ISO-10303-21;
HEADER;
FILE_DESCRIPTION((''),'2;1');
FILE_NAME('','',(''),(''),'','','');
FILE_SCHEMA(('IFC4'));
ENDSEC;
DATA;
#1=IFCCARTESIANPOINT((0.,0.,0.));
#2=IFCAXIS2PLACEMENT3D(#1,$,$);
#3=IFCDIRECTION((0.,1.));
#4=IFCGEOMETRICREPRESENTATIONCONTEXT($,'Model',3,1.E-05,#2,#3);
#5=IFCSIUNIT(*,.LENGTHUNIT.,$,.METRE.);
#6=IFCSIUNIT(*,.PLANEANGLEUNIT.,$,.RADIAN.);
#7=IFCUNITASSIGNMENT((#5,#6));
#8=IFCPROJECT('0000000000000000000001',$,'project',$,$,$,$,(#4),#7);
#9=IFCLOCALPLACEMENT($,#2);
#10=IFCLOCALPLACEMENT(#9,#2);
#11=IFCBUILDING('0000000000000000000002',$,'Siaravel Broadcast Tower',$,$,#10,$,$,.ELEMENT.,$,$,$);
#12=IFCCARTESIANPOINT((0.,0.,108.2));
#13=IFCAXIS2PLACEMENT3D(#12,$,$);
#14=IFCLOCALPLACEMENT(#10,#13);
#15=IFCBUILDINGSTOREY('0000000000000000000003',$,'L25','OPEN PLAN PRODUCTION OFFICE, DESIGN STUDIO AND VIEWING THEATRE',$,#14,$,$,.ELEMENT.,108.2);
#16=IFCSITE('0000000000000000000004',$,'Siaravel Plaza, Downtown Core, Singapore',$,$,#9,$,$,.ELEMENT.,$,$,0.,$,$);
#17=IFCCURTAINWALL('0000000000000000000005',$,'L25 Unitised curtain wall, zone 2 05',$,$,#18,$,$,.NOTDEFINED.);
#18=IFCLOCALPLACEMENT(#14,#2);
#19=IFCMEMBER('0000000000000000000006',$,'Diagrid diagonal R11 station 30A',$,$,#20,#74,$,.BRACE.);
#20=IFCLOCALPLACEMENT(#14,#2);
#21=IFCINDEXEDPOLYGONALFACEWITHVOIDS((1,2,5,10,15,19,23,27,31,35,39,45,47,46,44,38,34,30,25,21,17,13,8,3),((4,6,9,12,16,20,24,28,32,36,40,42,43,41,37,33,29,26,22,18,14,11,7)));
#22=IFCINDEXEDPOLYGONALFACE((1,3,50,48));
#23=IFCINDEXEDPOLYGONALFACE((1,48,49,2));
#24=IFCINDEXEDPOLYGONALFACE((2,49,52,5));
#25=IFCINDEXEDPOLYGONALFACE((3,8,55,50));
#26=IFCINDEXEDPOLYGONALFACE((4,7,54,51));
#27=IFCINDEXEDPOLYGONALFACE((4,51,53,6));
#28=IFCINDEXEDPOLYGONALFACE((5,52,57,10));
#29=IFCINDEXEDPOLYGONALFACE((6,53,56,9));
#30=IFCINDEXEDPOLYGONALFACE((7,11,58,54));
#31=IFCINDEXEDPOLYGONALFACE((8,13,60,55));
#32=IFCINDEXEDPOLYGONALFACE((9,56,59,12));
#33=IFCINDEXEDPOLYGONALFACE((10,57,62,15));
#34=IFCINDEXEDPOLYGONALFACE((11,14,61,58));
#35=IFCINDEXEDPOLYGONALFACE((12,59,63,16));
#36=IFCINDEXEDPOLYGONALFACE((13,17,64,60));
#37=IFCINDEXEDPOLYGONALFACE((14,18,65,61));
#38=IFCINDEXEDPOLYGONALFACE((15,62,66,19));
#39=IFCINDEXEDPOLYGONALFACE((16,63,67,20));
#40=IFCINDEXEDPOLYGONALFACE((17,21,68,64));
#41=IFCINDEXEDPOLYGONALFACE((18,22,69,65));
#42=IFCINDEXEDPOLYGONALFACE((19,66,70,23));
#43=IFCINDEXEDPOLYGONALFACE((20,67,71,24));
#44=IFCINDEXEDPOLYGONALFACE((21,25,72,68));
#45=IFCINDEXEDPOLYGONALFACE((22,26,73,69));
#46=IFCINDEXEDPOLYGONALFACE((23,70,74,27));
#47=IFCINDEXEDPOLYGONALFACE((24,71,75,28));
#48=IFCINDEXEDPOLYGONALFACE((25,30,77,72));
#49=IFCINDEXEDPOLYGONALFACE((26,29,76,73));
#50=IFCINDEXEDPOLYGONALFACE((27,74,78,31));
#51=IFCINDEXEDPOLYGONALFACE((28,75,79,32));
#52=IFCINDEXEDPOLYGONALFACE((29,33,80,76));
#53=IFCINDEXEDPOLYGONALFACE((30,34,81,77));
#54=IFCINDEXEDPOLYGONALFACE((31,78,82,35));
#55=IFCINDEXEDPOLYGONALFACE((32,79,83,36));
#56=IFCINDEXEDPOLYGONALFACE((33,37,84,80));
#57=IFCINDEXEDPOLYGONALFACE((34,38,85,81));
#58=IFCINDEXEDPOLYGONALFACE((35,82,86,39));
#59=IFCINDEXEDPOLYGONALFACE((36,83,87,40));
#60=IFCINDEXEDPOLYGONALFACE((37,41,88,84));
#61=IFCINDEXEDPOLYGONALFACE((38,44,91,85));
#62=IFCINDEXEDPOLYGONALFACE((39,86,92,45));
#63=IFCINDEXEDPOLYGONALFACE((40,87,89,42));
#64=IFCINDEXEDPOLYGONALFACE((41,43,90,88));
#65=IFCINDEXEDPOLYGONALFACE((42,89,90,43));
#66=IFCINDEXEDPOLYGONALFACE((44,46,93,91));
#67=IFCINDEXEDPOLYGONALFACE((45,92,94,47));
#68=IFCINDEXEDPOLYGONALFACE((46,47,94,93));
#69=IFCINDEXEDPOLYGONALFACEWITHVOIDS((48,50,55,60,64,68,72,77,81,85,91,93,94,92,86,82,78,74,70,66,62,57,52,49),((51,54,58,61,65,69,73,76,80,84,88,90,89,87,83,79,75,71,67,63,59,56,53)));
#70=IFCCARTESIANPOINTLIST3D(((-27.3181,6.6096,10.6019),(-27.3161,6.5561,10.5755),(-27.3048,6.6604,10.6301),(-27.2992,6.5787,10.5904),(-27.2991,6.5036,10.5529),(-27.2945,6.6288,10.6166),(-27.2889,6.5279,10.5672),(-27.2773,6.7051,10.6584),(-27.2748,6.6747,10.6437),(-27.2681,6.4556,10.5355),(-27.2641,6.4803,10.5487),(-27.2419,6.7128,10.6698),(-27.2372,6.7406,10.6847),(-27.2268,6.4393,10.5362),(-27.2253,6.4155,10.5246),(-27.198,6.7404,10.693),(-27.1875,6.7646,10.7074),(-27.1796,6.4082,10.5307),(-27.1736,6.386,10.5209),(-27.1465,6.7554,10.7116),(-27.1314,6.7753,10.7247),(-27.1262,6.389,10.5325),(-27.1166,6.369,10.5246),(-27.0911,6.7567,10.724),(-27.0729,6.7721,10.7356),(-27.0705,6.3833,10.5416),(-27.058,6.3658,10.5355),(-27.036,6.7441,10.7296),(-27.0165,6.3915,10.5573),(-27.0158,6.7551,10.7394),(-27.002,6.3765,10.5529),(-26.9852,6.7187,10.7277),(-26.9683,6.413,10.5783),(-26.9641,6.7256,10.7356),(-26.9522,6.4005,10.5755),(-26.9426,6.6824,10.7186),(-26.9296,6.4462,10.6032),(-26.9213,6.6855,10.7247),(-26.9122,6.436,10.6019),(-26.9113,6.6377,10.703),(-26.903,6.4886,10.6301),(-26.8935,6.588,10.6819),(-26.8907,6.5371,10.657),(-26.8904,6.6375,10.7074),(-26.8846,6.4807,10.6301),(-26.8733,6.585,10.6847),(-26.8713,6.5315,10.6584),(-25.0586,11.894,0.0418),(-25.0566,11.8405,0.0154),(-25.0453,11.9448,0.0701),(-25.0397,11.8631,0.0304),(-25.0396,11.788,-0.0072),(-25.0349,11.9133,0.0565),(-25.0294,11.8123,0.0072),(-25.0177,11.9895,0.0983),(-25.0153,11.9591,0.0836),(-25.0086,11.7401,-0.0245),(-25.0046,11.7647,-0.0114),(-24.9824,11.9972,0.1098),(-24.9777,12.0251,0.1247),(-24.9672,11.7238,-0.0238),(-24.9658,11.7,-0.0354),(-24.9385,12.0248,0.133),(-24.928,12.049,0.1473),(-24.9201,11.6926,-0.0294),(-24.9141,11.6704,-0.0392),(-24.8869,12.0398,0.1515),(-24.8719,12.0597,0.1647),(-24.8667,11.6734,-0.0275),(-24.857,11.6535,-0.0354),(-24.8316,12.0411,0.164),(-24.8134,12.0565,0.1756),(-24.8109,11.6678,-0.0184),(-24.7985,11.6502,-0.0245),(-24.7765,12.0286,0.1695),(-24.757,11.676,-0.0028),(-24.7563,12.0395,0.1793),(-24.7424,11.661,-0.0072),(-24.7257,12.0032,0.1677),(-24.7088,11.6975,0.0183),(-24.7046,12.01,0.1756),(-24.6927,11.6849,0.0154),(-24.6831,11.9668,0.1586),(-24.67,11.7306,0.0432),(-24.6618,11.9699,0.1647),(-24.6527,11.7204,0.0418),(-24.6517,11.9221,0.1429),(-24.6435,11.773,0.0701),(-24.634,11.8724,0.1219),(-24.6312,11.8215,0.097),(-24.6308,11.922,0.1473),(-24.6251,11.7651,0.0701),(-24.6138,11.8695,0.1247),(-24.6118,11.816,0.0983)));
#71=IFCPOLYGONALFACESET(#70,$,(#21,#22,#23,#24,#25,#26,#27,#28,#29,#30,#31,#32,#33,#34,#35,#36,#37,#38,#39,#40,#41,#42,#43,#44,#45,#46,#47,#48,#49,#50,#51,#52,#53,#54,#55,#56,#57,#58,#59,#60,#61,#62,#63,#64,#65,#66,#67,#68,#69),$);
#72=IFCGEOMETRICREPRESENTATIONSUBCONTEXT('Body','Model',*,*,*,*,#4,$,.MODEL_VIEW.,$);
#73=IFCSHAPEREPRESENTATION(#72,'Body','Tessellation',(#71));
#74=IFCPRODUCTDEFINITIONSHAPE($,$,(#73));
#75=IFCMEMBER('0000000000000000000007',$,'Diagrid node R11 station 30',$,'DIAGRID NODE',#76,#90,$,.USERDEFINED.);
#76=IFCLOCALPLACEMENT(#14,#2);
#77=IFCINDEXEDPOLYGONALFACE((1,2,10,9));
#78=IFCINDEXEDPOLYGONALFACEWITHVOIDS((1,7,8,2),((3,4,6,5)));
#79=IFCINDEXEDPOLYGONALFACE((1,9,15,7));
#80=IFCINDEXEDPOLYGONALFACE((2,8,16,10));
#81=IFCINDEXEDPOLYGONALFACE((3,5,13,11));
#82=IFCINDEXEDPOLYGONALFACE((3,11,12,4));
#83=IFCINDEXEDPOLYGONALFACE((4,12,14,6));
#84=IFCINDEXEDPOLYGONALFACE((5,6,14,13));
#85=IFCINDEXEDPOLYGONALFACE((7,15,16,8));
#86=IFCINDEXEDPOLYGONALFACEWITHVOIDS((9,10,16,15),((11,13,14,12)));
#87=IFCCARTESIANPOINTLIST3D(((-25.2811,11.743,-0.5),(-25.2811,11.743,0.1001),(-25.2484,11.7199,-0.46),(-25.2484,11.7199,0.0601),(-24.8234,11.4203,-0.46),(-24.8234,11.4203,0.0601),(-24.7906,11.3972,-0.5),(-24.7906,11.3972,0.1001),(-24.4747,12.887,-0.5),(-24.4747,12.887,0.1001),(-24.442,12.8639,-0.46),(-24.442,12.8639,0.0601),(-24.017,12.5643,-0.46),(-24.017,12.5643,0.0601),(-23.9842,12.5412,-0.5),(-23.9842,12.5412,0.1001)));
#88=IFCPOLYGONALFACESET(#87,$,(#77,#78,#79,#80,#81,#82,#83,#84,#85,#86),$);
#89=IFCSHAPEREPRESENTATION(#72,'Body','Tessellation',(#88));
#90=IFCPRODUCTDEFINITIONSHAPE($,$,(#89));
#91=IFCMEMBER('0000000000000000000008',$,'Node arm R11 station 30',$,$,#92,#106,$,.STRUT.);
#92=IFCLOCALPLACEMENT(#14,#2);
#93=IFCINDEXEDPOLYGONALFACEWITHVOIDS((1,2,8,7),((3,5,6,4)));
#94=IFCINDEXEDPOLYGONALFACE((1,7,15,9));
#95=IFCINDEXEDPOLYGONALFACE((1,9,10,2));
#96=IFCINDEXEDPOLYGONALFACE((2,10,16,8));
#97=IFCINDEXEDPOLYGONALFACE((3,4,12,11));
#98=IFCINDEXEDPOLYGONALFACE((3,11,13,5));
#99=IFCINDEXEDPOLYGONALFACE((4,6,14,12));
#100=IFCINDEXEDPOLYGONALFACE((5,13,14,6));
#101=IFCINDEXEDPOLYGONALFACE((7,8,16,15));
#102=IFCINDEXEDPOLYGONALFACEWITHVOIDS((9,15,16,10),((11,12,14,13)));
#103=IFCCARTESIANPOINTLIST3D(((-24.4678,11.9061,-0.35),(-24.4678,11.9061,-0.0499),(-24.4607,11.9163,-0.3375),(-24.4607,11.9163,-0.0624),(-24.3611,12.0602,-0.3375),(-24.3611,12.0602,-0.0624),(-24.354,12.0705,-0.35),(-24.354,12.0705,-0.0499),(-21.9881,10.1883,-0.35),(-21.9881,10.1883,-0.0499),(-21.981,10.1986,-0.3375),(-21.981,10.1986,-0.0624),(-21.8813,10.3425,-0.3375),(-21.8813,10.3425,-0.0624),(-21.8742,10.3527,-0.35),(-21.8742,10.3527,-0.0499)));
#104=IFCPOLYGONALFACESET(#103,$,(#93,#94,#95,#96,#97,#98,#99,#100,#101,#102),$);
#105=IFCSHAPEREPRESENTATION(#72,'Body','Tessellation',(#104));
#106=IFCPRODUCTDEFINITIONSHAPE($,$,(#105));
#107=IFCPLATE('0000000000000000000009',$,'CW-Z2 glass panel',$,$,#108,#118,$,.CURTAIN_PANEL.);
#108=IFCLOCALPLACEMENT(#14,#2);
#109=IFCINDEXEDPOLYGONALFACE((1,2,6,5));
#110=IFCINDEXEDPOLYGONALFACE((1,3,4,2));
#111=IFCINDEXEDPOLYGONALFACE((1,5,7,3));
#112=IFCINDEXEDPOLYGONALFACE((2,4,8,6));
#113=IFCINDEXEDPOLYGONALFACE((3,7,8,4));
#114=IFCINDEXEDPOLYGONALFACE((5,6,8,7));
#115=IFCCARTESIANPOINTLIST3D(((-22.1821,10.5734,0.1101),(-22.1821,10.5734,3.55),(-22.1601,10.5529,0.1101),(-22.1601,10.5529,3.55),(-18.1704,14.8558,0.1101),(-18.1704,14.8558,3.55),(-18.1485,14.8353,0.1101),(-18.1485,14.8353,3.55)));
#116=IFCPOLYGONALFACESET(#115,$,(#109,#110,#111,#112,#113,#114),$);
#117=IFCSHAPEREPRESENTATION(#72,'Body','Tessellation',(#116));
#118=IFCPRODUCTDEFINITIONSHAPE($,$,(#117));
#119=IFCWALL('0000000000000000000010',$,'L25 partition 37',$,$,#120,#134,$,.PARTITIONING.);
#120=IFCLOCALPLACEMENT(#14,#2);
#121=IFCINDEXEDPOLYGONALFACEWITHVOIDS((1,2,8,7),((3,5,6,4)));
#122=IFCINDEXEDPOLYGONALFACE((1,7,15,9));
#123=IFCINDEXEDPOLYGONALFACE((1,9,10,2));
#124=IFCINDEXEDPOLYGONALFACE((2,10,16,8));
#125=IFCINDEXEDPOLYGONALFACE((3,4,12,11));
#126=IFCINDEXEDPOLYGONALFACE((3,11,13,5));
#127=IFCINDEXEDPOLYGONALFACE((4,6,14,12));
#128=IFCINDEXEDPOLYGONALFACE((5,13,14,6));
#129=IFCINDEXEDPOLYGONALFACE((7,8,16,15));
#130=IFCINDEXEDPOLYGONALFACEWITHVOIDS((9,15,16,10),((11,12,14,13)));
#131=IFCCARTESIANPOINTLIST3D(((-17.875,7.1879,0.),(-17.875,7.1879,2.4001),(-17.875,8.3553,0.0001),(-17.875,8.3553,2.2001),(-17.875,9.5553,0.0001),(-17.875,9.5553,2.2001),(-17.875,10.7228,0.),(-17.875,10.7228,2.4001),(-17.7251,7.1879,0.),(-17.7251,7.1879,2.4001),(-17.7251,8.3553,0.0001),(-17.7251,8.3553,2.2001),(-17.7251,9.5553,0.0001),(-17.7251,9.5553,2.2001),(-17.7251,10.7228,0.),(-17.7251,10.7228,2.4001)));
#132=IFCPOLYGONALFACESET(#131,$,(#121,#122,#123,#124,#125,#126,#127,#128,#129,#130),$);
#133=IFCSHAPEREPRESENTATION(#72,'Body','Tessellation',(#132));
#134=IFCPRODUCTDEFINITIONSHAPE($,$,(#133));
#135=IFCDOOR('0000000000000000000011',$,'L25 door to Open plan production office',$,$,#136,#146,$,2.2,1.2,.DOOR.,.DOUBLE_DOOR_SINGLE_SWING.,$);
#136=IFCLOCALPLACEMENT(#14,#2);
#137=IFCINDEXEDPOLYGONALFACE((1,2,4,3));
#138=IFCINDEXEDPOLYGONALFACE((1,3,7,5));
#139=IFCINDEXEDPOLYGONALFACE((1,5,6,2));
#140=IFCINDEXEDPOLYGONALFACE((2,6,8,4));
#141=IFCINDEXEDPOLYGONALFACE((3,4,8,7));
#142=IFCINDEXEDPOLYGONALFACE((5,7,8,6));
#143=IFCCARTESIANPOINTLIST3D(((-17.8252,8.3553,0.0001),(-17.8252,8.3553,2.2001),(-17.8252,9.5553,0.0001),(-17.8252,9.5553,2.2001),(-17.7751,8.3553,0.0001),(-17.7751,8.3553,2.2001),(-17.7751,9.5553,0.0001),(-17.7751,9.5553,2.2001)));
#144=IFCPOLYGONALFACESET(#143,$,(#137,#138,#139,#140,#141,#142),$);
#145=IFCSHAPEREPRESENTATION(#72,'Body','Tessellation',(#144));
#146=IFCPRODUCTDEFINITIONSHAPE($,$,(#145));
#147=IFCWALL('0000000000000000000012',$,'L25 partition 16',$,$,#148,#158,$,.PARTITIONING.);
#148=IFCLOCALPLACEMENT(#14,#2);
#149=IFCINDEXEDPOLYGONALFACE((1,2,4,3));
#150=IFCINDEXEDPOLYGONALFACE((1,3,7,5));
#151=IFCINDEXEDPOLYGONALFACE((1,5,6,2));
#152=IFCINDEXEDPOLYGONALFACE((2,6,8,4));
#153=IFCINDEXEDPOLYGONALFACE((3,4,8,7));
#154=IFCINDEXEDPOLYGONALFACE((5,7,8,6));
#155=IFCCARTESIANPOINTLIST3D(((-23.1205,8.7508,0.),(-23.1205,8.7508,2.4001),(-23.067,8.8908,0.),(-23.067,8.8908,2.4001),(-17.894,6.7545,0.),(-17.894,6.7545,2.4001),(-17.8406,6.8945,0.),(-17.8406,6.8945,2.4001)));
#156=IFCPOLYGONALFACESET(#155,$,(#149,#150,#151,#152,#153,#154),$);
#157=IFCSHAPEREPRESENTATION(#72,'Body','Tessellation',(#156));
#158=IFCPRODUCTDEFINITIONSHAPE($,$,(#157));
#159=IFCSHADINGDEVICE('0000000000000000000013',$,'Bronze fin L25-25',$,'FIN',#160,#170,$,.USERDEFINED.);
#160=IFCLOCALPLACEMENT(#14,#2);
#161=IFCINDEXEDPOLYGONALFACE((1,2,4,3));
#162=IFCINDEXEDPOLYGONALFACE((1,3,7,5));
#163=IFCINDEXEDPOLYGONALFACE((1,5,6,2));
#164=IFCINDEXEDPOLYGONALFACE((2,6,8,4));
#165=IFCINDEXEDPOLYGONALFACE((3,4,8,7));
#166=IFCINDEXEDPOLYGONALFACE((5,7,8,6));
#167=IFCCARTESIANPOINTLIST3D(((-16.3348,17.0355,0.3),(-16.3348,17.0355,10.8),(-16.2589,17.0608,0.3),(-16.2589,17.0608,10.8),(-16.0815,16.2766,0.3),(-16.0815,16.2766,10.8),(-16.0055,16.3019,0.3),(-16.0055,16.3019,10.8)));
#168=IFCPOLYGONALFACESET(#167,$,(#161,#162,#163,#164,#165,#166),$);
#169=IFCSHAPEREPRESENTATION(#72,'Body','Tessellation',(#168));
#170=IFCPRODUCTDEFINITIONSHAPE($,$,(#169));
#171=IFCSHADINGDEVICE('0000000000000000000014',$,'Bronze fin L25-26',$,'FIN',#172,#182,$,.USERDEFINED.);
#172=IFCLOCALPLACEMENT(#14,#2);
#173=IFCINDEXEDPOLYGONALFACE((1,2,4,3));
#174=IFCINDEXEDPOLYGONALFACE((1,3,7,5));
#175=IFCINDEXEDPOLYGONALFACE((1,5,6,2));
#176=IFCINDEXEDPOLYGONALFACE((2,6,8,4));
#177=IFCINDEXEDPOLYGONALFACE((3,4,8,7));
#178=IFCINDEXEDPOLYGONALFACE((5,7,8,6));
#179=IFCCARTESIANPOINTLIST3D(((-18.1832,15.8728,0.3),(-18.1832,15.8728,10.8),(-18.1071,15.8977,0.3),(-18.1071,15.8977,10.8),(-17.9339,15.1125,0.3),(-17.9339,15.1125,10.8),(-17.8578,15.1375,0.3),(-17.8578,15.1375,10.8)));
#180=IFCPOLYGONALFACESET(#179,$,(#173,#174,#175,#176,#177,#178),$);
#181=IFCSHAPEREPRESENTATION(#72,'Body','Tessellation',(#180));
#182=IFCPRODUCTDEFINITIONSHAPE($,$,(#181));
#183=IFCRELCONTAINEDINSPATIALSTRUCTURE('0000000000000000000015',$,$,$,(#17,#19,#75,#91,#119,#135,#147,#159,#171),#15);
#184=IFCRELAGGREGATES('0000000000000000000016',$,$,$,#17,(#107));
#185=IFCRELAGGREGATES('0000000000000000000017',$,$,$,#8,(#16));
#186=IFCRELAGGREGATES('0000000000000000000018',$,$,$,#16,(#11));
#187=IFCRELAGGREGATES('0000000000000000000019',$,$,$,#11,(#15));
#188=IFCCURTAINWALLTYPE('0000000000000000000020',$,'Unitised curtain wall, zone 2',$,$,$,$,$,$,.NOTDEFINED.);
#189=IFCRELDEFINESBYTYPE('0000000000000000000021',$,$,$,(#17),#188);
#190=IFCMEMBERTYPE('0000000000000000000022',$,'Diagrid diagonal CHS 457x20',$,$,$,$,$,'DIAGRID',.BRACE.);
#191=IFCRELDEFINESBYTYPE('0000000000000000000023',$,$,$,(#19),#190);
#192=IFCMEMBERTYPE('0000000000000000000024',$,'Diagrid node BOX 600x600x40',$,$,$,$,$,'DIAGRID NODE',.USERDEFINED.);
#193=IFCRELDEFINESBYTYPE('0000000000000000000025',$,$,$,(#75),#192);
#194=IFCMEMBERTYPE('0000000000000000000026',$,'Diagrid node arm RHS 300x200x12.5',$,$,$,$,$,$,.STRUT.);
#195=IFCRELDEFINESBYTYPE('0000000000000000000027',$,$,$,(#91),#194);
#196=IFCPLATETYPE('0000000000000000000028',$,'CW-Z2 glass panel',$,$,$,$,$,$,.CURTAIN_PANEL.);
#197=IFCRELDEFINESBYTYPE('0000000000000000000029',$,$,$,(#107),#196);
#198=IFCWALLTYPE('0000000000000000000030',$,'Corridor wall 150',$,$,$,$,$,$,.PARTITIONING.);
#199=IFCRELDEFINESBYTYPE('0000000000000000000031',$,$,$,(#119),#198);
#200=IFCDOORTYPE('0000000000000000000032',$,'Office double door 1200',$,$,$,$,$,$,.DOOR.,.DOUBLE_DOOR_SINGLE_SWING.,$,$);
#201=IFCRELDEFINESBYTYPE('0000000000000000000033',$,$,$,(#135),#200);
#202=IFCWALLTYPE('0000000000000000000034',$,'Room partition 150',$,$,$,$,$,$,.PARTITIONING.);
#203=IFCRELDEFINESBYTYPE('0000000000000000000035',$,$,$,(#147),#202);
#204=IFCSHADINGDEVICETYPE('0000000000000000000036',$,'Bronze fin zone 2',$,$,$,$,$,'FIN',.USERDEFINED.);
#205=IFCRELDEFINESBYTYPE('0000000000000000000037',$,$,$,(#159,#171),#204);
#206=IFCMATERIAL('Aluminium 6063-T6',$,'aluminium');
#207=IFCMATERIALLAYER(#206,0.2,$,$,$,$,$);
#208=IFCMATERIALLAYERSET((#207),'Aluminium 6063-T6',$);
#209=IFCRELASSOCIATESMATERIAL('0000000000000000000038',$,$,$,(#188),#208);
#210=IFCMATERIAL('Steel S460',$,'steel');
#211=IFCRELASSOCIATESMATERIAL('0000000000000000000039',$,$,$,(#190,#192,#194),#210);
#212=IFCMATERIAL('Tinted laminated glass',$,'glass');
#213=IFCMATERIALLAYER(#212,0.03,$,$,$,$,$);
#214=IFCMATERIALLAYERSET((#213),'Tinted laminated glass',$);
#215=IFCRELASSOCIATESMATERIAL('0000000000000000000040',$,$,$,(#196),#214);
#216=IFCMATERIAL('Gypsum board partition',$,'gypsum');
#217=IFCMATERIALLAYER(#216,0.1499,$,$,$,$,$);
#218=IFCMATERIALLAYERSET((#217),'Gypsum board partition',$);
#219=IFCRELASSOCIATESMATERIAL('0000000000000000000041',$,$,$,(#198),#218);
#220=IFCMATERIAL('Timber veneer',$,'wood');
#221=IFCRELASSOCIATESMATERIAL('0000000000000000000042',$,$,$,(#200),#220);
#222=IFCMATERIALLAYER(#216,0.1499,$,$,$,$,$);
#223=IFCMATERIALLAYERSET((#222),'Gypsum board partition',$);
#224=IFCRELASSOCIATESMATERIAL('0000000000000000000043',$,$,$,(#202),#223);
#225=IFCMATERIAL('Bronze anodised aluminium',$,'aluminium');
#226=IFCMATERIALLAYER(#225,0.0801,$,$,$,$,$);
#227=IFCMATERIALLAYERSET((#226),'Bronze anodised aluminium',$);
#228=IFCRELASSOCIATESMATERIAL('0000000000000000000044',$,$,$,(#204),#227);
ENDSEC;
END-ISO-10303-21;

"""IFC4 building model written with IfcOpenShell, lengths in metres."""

from ifc_helpers import new_model, si_unit, direction, frame, frame_2d, origin, origin_2d, place, context, subcontext, project, spatial, rectangle, hollow_rectangle, hollow_circle, extrude, material, layer, layer_set, material_profile, profile_set, type_object, element, fill, aggregate, save


model = new_model("IFC4")

# Units and contexts
model_context = context("Model", 3, precision=1e-05, world=origin(), true_north=direction((0.0, 1.0)))
body_context = subcontext(model_context, "Body", "Model", "MODEL_VIEW")
ifc_project = project(units=[si_unit("LENGTHUNIT", "METRE"), si_unit("PLANEANGLEUNIT", "RADIAN")], contexts=[model_context])

# Site, building, storey
site_placement = place(None, origin())
site = spatial("IfcSite", under=ifc_project, at=site_placement, Name="Siaravel Plaza, Downtown Core, Singapore", CompositionType="ELEMENT", RefElevation=0.0)
building_placement = place(site_placement, origin())
building = spatial("IfcBuilding", under=site, at=building_placement, Name="Siaravel Broadcast Tower", CompositionType="ELEMENT")
storey_placement = place(building_placement, frame((0.0, 0.0, 108.2)))
storey = spatial("IfcBuildingStorey", under=building, at=storey_placement, Name="L25", Description="OPEN PLAN PRODUCTION OFFICE, DESIGN STUDIO AND VIEWING THEATRE", CompositionType="ELEMENT", Elevation=108.2)

# Curtain wall
ifc_material_1 = material(Name="Aluminium 6063-T6", Category="aluminium")
ifc_layer_1 = layer(ifc_material_1, 0.2)
ifc_layer_set_1 = layer_set([ifc_layer_1], Name="Aluminium 6063-T6")
curtain_wall_type = type_object("IfcCurtainWallType", Name="Unitised curtain wall, zone 2", PredefinedType="NOTDEFINED", material=ifc_layer_set_1)
curtain_wall_1_placement = place(storey_placement, origin())
curtain_wall_1 = element("IfcCurtainWall", 1, at=curtain_wall_1_placement, inside=storey, type_object=curtain_wall_type, Name="L25 Unitised curtain wall, zone 2 05", PredefinedType="NOTDEFINED")

# Members
ifc_material_2 = material(Name="Steel S460", Category="steel")
ifc_material_profile_1 = material_profile(ifc_material_2, hollow_circle(Radius=0.2285, WallThickness=0.02, at=origin_2d()))
ifc_profile_set_1 = profile_set([ifc_material_profile_1], Name="Steel S460")
member_type_1 = type_object("IfcMemberType", Name="Diagrid diagonal CHS 457x20", ElementType="DIAGRID", PredefinedType="BRACE", material=ifc_profile_set_1)
member_1_placement = place(storey_placement, frame((-24.8352, 11.855, 0.0701), z_axis=(-0.187938, -0.439537, 0.878343), x_axis=(0.919474, -0.39315, 0.0)))
element("IfcMember", 2, at=member_1_placement, inside=storey, type_object=member_type_1, Name="Diagrid diagonal R11 station 30A", PredefinedType="BRACE", context=body_context, shape_type="SweptSolid", body=[
    extrude(hollow_circle(Radius=0.2285, WallThickness=0.02, at=origin_2d()), origin(), (0.0, 0.0, 1.0), 12.0227),
])
ifc_material_profile_2 = material_profile(ifc_material_2, hollow_rectangle(XDim=0.6001, YDim=0.6001, WallThickness=0.04, at=origin_2d()))
ifc_profile_set_2 = profile_set([ifc_material_profile_2], Name="Steel S460")
member_type_2 = type_object("IfcMemberType", Name="Diagrid node BOX 600x600x40", ElementType="DIAGRID NODE", PredefinedType="USERDEFINED", material=ifc_profile_set_2)
member_2_placement = place(storey_placement, frame((-24.2295, 12.7141, -0.2), z_axis=(-0.576128, -0.817359, 0.0), x_axis=(0.817359, -0.576128, 0.0)))
element("IfcMember", 3, at=member_2_placement, inside=storey, type_object=member_type_2, Name="Diagrid node R11 station 30", ObjectType="DIAGRID NODE", PredefinedType="USERDEFINED", context=body_context, shape_type="SweptSolid", body=[
    extrude(hollow_rectangle(XDim=0.6001, YDim=0.6001, WallThickness=0.04, at=origin_2d()), origin(), (0.0, 0.0, 1.0), 1.3997),
])
ifc_material_profile_3 = material_profile(ifc_material_2, hollow_rectangle(XDim=0.2, YDim=0.3, WallThickness=0.0125, at=origin_2d()))
ifc_profile_set_3 = profile_set([ifc_material_profile_3], Name="Steel S460")
member_type_3 = type_object("IfcMemberType", Name="Diagrid node arm RHS 300x200x12.5", PredefinedType="STRUT", material=ifc_profile_set_3)
member_3_placement = place(storey_placement, frame((-21.9312, 10.2705, -0.2), z_axis=(-0.822032, 0.569441, 0.0), x_axis=(-0.569441, -0.822032, 0.0)))
element("IfcMember", 4, at=member_3_placement, inside=storey, type_object=member_type_3, Name="Node arm R11 station 30", PredefinedType="STRUT", context=body_context, shape_type="SweptSolid", body=[
    extrude(hollow_rectangle(XDim=0.2, YDim=0.3, WallThickness=0.0125, at=origin_2d()), origin(), (0.0, 0.0, 1.0), 3.0166),
])

# Plate
ifc_material_3 = material(Name="Tinted laminated glass", Category="glass")
ifc_layer_2 = layer(ifc_material_3, 0.03)
ifc_layer_set_2 = layer_set([ifc_layer_2], Name="Tinted laminated glass")
plate_type = type_object("IfcPlateType", Name="CW-Z2 glass panel", PredefinedType="CURTAIN_PANEL", material=ifc_layer_set_2)
plate_placement = place(storey_placement, frame((-20.1653, 12.7043, 0.1101), z_axis=(0.0, 0.0, 1.0), x_axis=(-0.683655, -0.729805, 0.0)))
plate = element("IfcPlate", 5, at=plate_placement, type_object=plate_type, Name="CW-Z2 glass panel", PredefinedType="CURTAIN_PANEL", context=body_context, shape_type="SweptSolid", body=[
    extrude(rectangle(XDim=5.8679, YDim=0.03, at=origin_2d()), origin(), (0.0, 0.0, 1.0), 3.4399),
])
aggregate(curtain_wall_1, [plate])

# Wall, opening, door
ifc_material_4 = material(Name="Gypsum board partition", Category="gypsum")
ifc_layer_3 = layer(ifc_material_4, 0.1499)
ifc_layer_set_3 = layer_set([ifc_layer_3], Name="Gypsum board partition")
wall_type_1 = type_object("IfcWallType", Name="Corridor wall 150", PredefinedType="PARTITIONING", material=ifc_layer_set_3)
wall_1_placement = place(storey_placement, frame((-17.8, 10.7229, 0.0), z_axis=(0.0, 0.0, 1.0), x_axis=(0.0, -1.0, 0.0)))
wall_1 = element("IfcWall", 6, at=wall_1_placement, inside=storey, type_object=wall_type_1, Name="L25 partition 37", PredefinedType="PARTITIONING", context=body_context, shape_type="SweptSolid", body=[
    extrude(rectangle(XDim=3.5349, YDim=0.1499, at=frame_2d((1.7676, 0.0))), origin(), (0.0, 0.0, 1.0), 2.4001),
])
opening_placement = place(wall_1_placement, frame((1.1675, 0.0, 0.0)))
opening = element("IfcOpeningElement", 7, at=opening_placement, cuts=wall_1, PredefinedType="OPENING", context=body_context, shape_type="SweptSolid", body=[
    extrude(rectangle(XDim=1.2, YDim=2.2, at=frame_2d((0.6001, 1.1001))), frame((0.0, 0.085, 0.0), z_axis=(0.0, -1.0, 0.0), x_axis=(1.0, 0.0, 0.0)), (0.0, 0.0, 1.0), 0.1699),
])
ifc_material_5 = material(Name="Timber veneer", Category="wood")
door_type = type_object("IfcDoorType", Name="Office double door 1200", OperationType="DOUBLE_DOOR_SINGLE_SWING", PredefinedType="DOOR", material=ifc_material_5)
door_placement = place(opening_placement, origin())
door = element("IfcDoor", 8, at=door_placement, inside=storey, type_object=door_type, Name="L25 door to Open plan production office", OperationType="DOUBLE_DOOR_SINGLE_SWING", OverallHeight=2.2, OverallWidth=1.2, PredefinedType="DOOR", context=body_context, shape_type="SweptSolid", body=[
    extrude(rectangle(XDim=1.2, YDim=2.2, at=frame_2d((0.6001, 1.1001))), frame((0.0, 0.0249, 0.0), z_axis=(0.0, -1.0, 0.0), x_axis=(1.0, 0.0, 0.0)), (0.0, 0.0, 1.0), 0.05),
])
fill(opening, door)

# Wall
ifc_layer_4 = layer(ifc_material_4, 0.1499)
ifc_layer_set_4 = layer_set([ifc_layer_4], Name="Gypsum board partition")
wall_type_2 = type_object("IfcWallType", Name="Room partition 150", PredefinedType="PARTITIONING", material=ifc_layer_set_4)
wall_2_placement = place(storey_placement, frame((-23.0938, 8.8208, 0.0), z_axis=(0.0, 0.0, 1.0), x_axis=(0.934174, -0.356817, 0.0)))
element("IfcWall", 9, at=wall_2_placement, inside=storey, type_object=wall_type_2, Name="L25 partition 16", PredefinedType="PARTITIONING", context=body_context, shape_type="SweptSolid", body=[
    extrude(rectangle(XDim=5.5947, YDim=0.1499, at=frame_2d((2.7974, 0.0))), origin(), (0.0, 0.0, 1.0), 2.4001),
])

# Shading devices
ifc_material_6 = material(Name="Bronze anodised aluminium", Category="aluminium")
ifc_layer_5 = layer(ifc_material_6, 0.0801)
ifc_layer_set_5 = layer_set([ifc_layer_5], Name="Bronze anodised aluminium")
shading_device_type = type_object("IfcShadingDeviceType", Name="Bronze fin zone 2", ElementType="FIN", PredefinedType="USERDEFINED", material=ifc_layer_set_5)
for number, where, z_axis, x_axis, name in (
    (10, (-16.1702, 16.6687, 0.3), (0.0, 0.0, 1.0), (-0.316687, 0.94853, 0.0), "Bronze fin L25-25"),
    (11, (-18.0205, 15.5051, 0.3), (0.0, 0.0, 1.0), (-0.311617, 0.950208, 0.0), "Bronze fin L25-26"),
):
    element("IfcShadingDevice", number, at=place(storey_placement, frame(where, z_axis=z_axis, x_axis=x_axis)), inside=storey, type_object=shading_device_type, Name=name, ObjectType="FIN", PredefinedType="USERDEFINED", context=body_context, shape_type="SweptSolid", body=[
        extrude(rectangle(XDim=0.8, YDim=0.0801, at=origin_2d()), origin(), (0.0, 0.0, 1.0), 10.5),
    ])

save(model, "model.ifc")
